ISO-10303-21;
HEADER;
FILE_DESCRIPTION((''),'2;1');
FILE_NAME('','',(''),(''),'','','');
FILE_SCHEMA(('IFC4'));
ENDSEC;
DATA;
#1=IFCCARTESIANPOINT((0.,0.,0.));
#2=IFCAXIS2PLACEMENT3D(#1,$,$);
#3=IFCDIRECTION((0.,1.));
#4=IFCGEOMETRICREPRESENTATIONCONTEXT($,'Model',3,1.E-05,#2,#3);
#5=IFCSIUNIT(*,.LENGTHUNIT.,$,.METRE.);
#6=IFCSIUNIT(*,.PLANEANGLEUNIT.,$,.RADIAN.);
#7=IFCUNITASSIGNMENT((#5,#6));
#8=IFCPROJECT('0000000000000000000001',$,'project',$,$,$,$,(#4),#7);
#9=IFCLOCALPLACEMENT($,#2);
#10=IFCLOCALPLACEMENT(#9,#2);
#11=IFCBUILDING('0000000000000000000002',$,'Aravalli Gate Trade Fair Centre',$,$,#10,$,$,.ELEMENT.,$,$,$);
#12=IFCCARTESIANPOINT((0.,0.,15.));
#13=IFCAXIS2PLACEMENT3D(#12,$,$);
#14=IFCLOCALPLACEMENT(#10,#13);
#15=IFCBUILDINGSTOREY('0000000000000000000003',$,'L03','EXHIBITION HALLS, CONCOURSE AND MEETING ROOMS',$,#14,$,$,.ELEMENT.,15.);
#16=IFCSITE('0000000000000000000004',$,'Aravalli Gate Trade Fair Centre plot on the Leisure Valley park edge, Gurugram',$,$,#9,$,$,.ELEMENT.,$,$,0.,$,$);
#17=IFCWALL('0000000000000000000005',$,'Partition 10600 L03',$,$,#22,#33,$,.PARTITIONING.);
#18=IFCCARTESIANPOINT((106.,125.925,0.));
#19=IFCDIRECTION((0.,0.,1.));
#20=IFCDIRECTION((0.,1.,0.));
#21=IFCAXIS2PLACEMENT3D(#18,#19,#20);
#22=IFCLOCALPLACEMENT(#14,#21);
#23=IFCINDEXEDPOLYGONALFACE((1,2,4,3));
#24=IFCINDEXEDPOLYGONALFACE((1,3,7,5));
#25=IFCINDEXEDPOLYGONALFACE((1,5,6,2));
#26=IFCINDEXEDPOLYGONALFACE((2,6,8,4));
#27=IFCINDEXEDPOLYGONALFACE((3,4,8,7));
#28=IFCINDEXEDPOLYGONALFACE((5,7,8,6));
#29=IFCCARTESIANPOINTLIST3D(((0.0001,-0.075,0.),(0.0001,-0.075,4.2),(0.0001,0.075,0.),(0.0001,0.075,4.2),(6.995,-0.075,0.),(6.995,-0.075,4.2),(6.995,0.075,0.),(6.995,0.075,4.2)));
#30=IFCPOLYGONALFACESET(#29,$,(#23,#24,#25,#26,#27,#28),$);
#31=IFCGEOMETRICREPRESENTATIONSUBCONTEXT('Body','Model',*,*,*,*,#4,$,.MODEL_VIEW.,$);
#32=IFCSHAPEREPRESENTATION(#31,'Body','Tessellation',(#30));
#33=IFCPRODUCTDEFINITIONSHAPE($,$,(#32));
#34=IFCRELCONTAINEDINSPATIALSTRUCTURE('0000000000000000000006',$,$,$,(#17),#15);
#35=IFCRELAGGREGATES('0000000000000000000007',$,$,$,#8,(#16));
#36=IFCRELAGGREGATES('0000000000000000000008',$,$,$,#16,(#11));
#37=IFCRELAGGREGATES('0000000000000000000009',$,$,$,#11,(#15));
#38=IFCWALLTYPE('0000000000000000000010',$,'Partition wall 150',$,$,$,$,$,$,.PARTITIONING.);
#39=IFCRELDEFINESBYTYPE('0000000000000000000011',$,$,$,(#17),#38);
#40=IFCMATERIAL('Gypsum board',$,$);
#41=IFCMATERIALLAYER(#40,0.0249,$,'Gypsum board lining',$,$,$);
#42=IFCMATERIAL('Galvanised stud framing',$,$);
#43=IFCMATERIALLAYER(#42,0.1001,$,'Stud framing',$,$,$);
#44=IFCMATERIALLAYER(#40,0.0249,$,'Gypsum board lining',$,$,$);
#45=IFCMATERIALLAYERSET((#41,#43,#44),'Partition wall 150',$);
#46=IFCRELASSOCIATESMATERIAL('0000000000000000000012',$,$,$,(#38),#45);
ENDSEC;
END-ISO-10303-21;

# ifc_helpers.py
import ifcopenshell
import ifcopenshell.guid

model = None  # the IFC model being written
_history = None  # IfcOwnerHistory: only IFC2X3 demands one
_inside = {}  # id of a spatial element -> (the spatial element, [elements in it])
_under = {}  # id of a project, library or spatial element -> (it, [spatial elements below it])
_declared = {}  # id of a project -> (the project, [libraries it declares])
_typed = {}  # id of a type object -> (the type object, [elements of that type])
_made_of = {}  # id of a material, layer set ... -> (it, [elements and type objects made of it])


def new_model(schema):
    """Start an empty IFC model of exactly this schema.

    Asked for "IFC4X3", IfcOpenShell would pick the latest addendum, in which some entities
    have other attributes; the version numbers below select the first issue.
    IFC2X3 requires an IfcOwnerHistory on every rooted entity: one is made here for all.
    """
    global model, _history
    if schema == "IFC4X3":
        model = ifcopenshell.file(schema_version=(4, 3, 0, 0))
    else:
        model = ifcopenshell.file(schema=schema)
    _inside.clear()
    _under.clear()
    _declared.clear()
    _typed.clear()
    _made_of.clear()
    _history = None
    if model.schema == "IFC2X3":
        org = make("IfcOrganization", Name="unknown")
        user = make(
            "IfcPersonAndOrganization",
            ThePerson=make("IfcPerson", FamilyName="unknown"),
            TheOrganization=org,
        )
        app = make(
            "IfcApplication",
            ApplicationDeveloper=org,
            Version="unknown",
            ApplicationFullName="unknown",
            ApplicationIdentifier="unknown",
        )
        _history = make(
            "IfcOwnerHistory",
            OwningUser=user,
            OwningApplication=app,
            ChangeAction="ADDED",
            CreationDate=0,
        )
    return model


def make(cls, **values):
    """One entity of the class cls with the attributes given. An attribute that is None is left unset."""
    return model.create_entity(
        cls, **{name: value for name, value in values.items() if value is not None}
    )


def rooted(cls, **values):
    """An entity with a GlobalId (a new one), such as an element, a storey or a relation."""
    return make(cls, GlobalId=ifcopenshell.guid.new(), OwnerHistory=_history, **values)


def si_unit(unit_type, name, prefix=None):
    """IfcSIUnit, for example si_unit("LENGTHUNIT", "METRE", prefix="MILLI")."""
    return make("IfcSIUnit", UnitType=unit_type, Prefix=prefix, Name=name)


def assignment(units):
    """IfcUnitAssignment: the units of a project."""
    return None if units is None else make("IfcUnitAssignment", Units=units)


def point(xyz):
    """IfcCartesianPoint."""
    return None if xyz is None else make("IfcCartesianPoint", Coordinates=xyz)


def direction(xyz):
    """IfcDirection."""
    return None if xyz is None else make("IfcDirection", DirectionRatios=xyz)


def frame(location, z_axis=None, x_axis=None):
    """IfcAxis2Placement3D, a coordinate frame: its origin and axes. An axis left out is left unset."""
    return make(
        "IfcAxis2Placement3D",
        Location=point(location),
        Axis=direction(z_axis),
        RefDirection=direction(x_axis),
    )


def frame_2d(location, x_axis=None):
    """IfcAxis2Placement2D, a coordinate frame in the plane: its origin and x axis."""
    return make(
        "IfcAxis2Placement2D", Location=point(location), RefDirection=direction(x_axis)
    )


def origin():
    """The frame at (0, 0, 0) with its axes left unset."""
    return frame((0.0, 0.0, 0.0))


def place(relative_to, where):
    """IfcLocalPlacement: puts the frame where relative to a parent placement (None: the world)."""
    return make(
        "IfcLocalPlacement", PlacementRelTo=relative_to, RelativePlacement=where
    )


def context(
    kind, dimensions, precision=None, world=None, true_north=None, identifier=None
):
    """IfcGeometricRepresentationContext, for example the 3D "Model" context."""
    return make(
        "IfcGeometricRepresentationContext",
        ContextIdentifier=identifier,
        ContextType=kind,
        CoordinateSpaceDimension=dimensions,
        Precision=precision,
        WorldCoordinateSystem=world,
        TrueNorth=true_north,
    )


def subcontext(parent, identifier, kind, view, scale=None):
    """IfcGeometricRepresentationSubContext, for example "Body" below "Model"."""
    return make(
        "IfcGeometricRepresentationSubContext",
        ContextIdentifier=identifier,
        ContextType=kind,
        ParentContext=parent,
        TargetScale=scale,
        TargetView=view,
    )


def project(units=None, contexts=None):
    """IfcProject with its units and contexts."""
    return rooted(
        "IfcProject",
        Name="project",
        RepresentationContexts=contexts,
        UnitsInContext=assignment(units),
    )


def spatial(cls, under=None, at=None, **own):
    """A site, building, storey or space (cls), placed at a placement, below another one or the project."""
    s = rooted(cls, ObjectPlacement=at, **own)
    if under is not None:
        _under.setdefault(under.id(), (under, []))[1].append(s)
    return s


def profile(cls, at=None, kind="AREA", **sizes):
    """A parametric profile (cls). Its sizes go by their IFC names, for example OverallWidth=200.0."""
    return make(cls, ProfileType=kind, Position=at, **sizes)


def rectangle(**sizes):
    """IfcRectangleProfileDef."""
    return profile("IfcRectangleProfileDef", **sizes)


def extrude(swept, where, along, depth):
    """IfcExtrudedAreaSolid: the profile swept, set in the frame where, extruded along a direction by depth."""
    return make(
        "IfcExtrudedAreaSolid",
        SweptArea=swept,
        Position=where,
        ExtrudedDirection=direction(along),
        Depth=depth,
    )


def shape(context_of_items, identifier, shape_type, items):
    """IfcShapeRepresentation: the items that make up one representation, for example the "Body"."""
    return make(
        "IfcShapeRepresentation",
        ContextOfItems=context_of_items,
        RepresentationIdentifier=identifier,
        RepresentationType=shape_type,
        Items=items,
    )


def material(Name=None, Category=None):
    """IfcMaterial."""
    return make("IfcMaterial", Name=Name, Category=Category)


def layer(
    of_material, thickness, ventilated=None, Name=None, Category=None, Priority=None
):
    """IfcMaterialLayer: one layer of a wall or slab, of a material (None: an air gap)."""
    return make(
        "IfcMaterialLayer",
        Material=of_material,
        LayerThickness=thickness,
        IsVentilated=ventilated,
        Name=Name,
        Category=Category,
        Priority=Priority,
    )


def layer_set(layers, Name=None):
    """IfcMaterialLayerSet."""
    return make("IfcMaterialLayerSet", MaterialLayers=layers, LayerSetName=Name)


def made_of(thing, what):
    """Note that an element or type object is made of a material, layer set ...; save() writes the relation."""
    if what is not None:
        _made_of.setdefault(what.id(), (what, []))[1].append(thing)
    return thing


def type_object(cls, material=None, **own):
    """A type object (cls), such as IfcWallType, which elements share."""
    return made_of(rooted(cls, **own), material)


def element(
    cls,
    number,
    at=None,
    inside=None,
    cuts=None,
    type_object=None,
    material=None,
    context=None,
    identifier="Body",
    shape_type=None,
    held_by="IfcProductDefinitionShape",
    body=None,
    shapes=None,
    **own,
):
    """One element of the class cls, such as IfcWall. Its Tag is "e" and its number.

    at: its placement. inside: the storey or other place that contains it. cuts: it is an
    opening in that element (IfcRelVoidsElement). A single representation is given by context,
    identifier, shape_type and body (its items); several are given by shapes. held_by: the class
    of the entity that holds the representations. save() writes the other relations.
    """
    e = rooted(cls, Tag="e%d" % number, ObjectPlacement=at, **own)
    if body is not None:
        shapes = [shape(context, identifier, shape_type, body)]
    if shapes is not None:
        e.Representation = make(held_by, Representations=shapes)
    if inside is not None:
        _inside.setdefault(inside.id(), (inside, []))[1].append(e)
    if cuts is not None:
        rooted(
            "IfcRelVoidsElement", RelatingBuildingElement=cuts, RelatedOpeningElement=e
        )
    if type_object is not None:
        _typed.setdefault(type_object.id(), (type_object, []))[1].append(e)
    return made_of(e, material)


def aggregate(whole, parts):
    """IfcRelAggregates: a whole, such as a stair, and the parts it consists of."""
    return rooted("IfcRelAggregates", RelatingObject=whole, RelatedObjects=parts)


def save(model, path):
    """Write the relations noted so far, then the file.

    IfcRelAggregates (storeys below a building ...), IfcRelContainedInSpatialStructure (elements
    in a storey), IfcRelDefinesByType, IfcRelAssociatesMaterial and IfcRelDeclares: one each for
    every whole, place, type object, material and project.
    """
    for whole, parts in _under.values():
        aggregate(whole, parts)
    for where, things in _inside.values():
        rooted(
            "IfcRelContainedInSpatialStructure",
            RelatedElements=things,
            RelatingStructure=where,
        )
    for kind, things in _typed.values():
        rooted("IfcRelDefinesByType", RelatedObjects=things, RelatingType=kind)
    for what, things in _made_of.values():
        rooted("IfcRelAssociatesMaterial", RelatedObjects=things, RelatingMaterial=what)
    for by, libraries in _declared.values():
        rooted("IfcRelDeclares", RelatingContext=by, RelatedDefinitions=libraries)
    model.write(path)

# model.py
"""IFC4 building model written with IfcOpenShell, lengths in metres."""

from ifc_helpers import new_model, si_unit, direction, frame, frame_2d, origin, place, context, subcontext, project, spatial, rectangle, extrude, material, layer, layer_set, type_object, element, save


model = new_model("IFC4")

# Units and contexts
model_context = context("Model", 3, precision=1e-05, world=origin(), true_north=direction((0.0, 1.0)))
body_context = subcontext(model_context, "Body", "Model", "MODEL_VIEW")
ifc_project = project(units=[si_unit("LENGTHUNIT", "METRE"), si_unit("PLANEANGLEUNIT", "RADIAN")], contexts=[model_context])

# Site, building, storey
site_placement = place(None, origin())
site = spatial("IfcSite", under=ifc_project, at=site_placement, Name="Aravalli Gate Trade Fair Centre plot on the Leisure Valley park edge, Gurugram", CompositionType="ELEMENT", RefElevation=0.0)
building_placement = place(site_placement, origin())
building = spatial("IfcBuilding", under=site, at=building_placement, Name="Aravalli Gate Trade Fair Centre", CompositionType="ELEMENT")
storey_placement = place(building_placement, frame((0.0, 0.0, 15.0)))
storey = spatial("IfcBuildingStorey", under=building, at=storey_placement, Name="L03", Description="EXHIBITION HALLS, CONCOURSE AND MEETING ROOMS", CompositionType="ELEMENT", Elevation=15.0)

# Shared definitions
ifc_material_1 = material(Name="Gypsum board")
ifc_layer_1 = layer(ifc_material_1, 0.0249, Name="Gypsum board lining")
ifc_material_2 = material(Name="Galvanised stud framing")
ifc_layer_2 = layer(ifc_material_2, 0.1001, Name="Stud framing")
ifc_layer_3 = layer(ifc_material_1, 0.0249, Name="Gypsum board lining")
ifc_layer_set_1 = layer_set([ifc_layer_1, ifc_layer_2, ifc_layer_3], Name="Partition wall 150")
wall_type_1 = type_object("IfcWallType", Name="Partition wall 150", PredefinedType="PARTITIONING", material=ifc_layer_set_1)

# Wall
wall_1_placement = place(storey_placement, frame((106.0, 125.925, 0.0), z_axis=(0.0, 0.0, 1.0), x_axis=(0.0, 1.0, 0.0)))
element("IfcWall", 1, at=wall_1_placement, inside=storey, type_object=wall_type_1, Name="Partition 10600 L03", PredefinedType="PARTITIONING", context=body_context, shape_type="SweptSolid", body=[
    extrude(rectangle(XDim=6.9949, YDim=0.1499, at=frame_2d((3.4976, 0.0))), origin(), (0.0, 0.0, 1.0), 4.2),
])

save(model, "model.ifc")
